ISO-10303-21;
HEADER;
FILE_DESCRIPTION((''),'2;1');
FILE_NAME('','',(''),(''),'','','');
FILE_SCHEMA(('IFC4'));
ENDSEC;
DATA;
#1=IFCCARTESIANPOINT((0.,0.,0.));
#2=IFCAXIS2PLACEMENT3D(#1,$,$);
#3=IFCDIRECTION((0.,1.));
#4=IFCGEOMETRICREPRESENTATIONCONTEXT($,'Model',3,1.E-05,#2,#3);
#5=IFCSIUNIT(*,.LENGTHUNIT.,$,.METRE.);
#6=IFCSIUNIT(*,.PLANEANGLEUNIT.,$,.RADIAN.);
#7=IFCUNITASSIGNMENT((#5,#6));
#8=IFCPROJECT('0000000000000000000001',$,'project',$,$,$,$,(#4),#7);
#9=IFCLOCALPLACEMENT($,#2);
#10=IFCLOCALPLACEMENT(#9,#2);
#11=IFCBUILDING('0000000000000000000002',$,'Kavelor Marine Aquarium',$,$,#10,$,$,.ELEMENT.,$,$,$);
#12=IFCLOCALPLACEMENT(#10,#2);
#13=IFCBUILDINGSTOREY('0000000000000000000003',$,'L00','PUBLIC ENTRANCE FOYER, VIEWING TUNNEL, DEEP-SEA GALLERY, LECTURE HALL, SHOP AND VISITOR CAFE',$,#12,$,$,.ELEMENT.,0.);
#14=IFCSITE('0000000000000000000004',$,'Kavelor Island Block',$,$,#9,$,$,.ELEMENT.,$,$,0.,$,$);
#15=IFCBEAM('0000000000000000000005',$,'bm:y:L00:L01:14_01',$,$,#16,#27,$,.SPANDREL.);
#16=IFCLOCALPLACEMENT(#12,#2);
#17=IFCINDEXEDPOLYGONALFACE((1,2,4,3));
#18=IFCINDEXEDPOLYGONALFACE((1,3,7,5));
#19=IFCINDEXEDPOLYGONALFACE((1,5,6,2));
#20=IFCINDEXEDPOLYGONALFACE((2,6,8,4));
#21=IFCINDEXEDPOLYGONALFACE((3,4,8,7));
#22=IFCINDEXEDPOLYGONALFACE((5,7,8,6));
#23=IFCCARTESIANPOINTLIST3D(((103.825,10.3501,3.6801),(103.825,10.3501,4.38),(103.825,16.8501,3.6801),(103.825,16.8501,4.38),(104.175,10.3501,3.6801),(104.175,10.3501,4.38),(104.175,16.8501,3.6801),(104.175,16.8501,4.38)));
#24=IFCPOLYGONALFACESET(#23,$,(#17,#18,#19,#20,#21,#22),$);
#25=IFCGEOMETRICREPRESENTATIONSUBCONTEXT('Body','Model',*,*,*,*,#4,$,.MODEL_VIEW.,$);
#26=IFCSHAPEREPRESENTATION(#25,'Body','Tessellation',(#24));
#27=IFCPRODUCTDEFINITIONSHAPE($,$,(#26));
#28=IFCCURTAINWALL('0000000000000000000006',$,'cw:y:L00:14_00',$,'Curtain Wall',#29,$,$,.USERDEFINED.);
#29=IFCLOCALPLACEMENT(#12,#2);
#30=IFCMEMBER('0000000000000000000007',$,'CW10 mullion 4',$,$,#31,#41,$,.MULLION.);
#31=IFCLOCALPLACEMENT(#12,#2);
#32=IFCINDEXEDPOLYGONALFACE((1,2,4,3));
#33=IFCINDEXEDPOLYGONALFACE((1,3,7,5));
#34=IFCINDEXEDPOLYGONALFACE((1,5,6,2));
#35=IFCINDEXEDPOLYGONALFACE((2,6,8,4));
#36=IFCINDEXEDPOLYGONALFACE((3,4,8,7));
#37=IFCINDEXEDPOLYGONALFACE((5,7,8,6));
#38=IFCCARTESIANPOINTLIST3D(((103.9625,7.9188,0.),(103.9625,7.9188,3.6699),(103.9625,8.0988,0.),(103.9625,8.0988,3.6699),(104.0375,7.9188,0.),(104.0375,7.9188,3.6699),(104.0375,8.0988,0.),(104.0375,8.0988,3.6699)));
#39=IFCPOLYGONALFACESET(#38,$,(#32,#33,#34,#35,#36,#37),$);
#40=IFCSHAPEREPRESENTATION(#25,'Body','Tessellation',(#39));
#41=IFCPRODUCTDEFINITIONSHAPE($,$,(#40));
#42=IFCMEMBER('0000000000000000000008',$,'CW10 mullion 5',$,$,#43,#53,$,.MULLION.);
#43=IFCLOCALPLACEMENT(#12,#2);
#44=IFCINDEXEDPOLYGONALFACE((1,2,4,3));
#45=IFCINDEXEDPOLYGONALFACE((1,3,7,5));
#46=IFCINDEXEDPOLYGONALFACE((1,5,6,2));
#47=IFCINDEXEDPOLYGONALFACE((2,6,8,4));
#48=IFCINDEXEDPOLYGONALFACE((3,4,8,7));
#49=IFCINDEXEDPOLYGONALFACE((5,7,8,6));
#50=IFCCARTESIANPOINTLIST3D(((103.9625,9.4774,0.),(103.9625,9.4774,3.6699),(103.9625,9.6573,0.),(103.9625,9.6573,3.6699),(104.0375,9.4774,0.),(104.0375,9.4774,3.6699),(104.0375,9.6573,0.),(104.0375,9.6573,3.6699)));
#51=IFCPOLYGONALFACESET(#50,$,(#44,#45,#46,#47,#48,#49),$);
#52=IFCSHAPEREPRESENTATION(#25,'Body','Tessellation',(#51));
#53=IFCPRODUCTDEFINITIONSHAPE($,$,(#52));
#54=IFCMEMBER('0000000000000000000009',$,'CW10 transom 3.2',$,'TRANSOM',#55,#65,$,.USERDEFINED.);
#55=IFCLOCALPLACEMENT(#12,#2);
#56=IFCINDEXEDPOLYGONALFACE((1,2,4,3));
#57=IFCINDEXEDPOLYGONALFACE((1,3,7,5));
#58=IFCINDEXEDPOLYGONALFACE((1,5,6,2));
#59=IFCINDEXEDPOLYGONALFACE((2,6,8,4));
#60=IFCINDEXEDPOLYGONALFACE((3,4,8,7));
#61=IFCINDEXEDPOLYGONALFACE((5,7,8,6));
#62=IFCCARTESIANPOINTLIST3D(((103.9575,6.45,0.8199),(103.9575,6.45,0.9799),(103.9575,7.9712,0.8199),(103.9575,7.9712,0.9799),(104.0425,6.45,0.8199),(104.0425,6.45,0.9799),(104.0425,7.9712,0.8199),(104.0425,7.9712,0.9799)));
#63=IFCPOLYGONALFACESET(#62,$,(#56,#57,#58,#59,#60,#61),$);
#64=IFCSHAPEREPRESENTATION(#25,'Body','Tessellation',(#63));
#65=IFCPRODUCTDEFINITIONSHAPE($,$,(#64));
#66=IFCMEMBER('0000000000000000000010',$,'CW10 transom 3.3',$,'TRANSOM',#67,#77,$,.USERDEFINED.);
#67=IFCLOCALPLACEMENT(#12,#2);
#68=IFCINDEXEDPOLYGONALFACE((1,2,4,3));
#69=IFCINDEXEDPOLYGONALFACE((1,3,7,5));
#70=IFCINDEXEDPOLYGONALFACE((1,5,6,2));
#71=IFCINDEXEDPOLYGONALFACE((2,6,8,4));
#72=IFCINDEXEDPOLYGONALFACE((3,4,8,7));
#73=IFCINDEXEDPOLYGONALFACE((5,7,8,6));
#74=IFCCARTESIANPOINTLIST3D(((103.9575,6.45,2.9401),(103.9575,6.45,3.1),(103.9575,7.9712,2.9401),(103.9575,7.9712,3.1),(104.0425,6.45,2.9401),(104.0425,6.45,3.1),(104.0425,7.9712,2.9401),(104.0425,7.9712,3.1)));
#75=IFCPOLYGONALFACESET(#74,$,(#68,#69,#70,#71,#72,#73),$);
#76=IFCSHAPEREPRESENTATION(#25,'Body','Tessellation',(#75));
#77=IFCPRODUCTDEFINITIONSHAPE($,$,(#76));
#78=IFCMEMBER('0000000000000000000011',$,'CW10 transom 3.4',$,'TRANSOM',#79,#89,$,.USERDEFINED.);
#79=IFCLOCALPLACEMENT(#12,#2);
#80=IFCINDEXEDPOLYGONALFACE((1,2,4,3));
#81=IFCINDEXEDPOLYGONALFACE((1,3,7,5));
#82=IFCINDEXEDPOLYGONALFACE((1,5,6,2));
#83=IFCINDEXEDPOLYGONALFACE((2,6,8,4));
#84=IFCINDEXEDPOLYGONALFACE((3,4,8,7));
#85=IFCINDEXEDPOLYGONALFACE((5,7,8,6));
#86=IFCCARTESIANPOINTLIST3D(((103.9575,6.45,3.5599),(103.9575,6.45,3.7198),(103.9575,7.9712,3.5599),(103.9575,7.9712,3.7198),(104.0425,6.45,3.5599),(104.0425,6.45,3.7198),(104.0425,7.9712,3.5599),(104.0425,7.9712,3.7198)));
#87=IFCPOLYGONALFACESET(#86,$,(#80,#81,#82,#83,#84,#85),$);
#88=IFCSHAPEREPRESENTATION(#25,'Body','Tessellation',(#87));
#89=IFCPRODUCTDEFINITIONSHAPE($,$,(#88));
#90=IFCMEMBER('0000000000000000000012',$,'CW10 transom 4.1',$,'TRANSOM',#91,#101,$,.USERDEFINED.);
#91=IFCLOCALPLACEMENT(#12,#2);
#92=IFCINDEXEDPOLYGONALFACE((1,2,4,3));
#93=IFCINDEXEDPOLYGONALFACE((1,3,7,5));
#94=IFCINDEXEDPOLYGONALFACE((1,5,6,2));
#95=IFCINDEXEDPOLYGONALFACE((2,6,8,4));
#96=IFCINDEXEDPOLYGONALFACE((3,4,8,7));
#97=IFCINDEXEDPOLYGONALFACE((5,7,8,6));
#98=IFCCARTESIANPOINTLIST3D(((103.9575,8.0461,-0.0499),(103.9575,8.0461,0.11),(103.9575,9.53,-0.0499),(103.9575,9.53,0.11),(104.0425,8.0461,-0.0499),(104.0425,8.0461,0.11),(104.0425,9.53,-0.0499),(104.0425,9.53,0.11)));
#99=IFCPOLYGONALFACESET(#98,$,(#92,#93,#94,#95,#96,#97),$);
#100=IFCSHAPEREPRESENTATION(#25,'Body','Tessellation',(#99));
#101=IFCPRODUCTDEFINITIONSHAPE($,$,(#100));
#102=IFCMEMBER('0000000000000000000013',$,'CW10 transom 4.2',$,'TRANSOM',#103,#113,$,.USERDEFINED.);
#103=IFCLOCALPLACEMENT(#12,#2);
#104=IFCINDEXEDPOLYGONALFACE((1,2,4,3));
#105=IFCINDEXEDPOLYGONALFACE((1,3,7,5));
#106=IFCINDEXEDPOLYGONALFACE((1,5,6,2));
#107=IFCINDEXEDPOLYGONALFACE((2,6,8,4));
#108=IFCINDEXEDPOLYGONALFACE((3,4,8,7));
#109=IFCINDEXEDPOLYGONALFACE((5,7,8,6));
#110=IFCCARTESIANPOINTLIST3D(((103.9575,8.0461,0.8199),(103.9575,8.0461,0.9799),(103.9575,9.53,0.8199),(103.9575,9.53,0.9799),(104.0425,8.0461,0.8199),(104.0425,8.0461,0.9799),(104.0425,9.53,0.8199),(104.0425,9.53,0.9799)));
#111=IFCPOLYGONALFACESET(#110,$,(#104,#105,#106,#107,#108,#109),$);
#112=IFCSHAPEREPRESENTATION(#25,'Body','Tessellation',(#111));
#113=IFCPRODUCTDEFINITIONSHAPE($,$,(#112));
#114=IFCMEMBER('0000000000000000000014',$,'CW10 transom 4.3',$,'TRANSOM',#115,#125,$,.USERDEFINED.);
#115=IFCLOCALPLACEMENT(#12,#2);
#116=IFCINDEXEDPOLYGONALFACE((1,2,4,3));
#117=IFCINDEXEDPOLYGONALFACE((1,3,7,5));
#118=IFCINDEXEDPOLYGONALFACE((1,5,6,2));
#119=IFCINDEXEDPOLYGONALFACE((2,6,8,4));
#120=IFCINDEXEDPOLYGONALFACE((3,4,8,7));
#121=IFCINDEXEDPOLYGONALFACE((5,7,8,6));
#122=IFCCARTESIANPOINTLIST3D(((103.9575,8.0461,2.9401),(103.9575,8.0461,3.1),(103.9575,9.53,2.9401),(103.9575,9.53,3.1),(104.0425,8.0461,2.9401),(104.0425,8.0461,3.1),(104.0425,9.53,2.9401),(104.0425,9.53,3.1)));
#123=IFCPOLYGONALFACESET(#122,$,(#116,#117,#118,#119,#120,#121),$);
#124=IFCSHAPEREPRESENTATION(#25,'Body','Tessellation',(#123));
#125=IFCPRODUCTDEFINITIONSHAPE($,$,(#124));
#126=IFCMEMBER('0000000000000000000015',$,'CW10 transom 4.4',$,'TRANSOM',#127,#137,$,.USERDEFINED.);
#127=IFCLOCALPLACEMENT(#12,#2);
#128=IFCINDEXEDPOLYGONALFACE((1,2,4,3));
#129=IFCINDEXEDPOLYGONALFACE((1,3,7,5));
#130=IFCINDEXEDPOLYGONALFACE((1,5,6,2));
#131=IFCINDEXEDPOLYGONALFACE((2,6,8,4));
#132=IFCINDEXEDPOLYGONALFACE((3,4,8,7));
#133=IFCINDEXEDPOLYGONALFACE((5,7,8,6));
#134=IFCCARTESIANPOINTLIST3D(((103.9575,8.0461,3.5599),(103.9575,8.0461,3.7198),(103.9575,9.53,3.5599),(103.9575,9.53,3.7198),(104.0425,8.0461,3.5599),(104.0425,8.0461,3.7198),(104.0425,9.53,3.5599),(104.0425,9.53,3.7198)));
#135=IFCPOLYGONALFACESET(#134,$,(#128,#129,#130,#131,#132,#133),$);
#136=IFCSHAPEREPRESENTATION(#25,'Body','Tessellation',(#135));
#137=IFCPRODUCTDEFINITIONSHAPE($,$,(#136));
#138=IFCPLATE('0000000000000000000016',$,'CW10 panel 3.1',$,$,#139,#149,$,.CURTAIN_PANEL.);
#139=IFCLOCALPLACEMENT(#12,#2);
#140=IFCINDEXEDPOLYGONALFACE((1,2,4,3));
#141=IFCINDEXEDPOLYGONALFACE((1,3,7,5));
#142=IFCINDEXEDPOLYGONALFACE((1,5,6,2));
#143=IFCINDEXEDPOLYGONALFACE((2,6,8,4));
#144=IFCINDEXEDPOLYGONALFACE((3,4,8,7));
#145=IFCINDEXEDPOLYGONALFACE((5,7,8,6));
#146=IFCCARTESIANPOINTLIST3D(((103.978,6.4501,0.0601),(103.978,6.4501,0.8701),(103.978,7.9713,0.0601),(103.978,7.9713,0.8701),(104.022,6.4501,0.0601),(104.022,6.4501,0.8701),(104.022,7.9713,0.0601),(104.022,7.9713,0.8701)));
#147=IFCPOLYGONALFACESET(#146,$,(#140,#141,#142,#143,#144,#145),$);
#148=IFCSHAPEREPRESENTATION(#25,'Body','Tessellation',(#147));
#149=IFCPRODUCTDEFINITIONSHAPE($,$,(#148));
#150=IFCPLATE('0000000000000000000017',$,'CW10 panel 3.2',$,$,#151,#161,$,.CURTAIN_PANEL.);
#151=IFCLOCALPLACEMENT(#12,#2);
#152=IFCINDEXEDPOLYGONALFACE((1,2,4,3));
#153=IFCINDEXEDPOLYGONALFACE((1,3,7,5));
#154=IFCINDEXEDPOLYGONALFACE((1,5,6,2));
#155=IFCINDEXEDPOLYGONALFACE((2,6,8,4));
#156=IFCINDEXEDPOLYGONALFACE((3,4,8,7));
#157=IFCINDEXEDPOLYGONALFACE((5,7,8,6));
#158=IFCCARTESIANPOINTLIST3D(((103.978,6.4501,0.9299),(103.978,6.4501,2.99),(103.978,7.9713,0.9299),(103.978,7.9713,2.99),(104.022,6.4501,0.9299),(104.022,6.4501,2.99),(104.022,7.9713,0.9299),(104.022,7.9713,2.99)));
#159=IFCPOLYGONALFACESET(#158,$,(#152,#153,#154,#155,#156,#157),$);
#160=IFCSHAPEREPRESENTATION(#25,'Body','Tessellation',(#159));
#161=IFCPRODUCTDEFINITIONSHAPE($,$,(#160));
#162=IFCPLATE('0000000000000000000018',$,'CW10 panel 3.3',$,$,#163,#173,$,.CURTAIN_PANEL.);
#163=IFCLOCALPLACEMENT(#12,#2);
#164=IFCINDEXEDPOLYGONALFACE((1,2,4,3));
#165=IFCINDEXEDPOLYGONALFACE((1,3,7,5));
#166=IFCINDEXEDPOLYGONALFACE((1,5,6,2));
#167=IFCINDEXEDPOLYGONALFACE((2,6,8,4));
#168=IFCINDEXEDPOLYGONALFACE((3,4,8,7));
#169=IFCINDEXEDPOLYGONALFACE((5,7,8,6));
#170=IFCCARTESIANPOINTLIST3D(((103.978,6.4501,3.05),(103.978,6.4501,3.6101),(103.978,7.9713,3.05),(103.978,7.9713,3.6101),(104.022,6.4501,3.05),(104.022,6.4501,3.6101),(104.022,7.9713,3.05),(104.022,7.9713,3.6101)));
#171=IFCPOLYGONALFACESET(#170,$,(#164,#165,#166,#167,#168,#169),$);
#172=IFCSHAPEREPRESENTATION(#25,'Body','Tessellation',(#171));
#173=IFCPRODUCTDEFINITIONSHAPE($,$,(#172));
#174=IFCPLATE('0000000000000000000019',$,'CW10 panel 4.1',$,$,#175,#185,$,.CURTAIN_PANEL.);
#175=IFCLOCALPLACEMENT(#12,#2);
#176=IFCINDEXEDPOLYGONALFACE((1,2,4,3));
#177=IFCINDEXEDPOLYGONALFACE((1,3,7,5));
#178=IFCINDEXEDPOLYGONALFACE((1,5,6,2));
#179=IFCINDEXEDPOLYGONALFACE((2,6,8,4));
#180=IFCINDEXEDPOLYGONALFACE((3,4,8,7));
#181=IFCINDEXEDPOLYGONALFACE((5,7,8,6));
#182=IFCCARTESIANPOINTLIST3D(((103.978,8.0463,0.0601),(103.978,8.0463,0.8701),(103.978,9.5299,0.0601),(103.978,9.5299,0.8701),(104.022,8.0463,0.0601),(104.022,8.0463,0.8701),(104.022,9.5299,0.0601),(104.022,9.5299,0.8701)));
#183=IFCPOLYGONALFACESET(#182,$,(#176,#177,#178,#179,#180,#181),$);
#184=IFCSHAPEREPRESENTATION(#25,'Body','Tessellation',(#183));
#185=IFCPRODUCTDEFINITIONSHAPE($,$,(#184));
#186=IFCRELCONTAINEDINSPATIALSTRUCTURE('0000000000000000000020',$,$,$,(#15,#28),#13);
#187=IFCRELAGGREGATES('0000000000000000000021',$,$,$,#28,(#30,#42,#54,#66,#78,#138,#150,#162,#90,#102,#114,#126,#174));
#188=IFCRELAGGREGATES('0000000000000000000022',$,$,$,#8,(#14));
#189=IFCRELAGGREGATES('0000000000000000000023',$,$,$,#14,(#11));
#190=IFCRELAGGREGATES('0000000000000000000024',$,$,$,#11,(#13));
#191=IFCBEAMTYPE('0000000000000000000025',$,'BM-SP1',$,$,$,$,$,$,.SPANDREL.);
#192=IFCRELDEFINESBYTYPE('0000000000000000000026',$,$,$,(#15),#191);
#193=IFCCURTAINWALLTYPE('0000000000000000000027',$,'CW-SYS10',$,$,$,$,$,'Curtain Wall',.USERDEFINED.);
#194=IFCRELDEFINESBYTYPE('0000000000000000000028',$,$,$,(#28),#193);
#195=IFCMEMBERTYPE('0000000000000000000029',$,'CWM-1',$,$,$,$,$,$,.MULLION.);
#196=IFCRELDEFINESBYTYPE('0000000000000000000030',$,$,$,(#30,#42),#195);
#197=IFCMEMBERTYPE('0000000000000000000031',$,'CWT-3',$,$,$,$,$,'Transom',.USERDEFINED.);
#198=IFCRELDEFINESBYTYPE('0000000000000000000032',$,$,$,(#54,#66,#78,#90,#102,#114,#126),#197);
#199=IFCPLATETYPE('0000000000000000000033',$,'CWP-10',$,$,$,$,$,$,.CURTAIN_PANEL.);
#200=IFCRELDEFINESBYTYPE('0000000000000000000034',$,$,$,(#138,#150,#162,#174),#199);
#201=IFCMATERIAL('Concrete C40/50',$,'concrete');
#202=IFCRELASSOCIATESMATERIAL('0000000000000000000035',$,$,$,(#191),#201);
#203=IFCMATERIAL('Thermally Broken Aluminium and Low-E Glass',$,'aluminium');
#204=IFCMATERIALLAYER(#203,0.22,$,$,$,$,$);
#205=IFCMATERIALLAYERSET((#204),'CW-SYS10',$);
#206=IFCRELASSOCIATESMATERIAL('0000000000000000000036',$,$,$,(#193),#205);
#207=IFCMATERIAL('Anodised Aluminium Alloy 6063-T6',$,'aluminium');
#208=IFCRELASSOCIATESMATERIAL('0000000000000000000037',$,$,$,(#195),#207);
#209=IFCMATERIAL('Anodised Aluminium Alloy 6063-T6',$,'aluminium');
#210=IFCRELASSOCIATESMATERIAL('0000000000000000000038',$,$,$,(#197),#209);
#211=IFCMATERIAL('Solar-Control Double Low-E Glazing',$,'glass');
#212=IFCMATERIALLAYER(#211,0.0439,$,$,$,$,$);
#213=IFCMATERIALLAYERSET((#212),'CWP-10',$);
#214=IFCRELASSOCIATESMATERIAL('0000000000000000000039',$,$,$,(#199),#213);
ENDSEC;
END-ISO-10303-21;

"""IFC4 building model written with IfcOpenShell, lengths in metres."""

from ifc_helpers import new_model, si_unit, direction, frame, origin, origin_2d, place, context, subcontext, project, spatial, rectangle, extrude, material, layer, layer_set, material_profile, profile_set, type_object, element, aggregate, save


model = new_model("IFC4")

# Units and contexts
model_context = context("Model", 3, precision=1e-05, world=origin(), true_north=direction((0.0, 1.0)))
body_context = subcontext(model_context, "Body", "Model", "MODEL_VIEW")
ifc_project = project(units=[si_unit("LENGTHUNIT", "METRE"), si_unit("PLANEANGLEUNIT", "RADIAN")], contexts=[model_context])

# Site, building, storey
site_placement = place(None, origin())
site = spatial("IfcSite", under=ifc_project, at=site_placement, Name="Kavelor Island Block", CompositionType="ELEMENT", RefElevation=0.0)
building_placement = place(site_placement, origin())
building = spatial("IfcBuilding", under=site, at=building_placement, Name="Kavelor Marine Aquarium", CompositionType="ELEMENT")
storey_placement = place(building_placement, origin())
storey = spatial("IfcBuildingStorey", under=building, at=storey_placement, Name="L00", Description="PUBLIC ENTRANCE FOYER, VIEWING TUNNEL, DEEP-SEA GALLERY, LECTURE HALL, SHOP AND VISITOR CAFE", CompositionType="ELEMENT", Elevation=0.0)

# Beam
ifc_material_1 = material(Name="Concrete C40/50", Category="concrete")
ifc_material_profile_1 = material_profile(ifc_material_1, rectangle(XDim=0.3501, YDim=0.7, at=origin_2d()), Name="RC-SP 350x700")
ifc_profile_set_1 = profile_set([ifc_material_profile_1], Name="Concrete C40/50")
beam_type_1 = type_object("IfcBeamType", Name="BM-SP1", PredefinedType="SPANDREL", material=ifc_profile_set_1)
for number, where, z_axis, x_axis, name in (
    (1, (104.0, 10.3501, 4.03), (0.0, 1.0, 0.0), (-1.0, 0.0, 0.0), "bm:y:L00:L01:14_01"),
):
    element("IfcBeam", number, at=place(storey_placement, frame(where, z_axis=z_axis, x_axis=x_axis)), inside=storey, type_object=beam_type_1, Name=name, PredefinedType="SPANDREL", context=body_context, shape_type="SweptSolid", body=[
        extrude(rectangle(XDim=0.3501, YDim=0.7, at=origin_2d()), origin(), (0.0, 0.0, 1.0), 6.5),
    ])

# Curtain wall, members, plates
ifc_material_2 = material(Name="Thermally Broken Aluminium and Low-E Glass", Category="aluminium")
ifc_layer_1 = layer(ifc_material_2, 0.22)
ifc_layer_set_1 = layer_set([ifc_layer_1], Name="CW-SYS10")
curtain_wall_type = type_object("IfcCurtainWallType", Name="CW-SYS10", ElementType="Curtain Wall", PredefinedType="USERDEFINED", material=ifc_layer_set_1)
curtain_wall_placement = place(storey_placement, origin())
curtain_wall = element("IfcCurtainWall", 2, at=curtain_wall_placement, inside=storey, type_object=curtain_wall_type, Name="cw:y:L00:14_00", ObjectType="Curtain Wall", PredefinedType="USERDEFINED")
ifc_material_3 = material(Name="Anodised Aluminium Alloy 6063-T6", Category="aluminium")
ifc_material_profile_2 = material_profile(ifc_material_3, rectangle(XDim=0.075, YDim=0.1799, at=origin_2d()), Name="CW-MUL 75x180")
ifc_profile_set_2 = profile_set([ifc_material_profile_2], Name="Anodised Aluminium Alloy 6063-T6")
member_type_1 = type_object("IfcMemberType", Name="CWM-1", PredefinedType="MULLION", material=ifc_profile_set_2)
member_1_placement = place(storey_placement, frame((104.0, 8.0088, 0.0), z_axis=(0.0, 0.0, 1.0), x_axis=(-1.0, 0.0, 0.0)))
member_1 = element("IfcMember", 3, at=member_1_placement, type_object=member_type_1, Name="CW10 mullion 4", PredefinedType="MULLION", context=body_context, shape_type="SweptSolid", body=[
    extrude(rectangle(XDim=0.075, YDim=0.1799, at=origin_2d()), origin(), (0.0, 0.0, 1.0), 3.6699),
])
member_2_placement = place(storey_placement, frame((104.0, 9.5674, 0.0), z_axis=(0.0, 0.0, 1.0), x_axis=(-1.0, 0.0, 0.0)))
member_2 = element("IfcMember", 4, at=member_2_placement, type_object=member_type_1, Name="CW10 mullion 5", PredefinedType="MULLION", context=body_context, shape_type="SweptSolid", body=[
    extrude(rectangle(XDim=0.075, YDim=0.1799, at=origin_2d()), origin(), (0.0, 0.0, 1.0), 3.6699),
])
ifc_material_4 = material(Name="Anodised Aluminium Alloy 6063-T6", Category="aluminium")
ifc_material_profile_3 = material_profile(ifc_material_4, rectangle(XDim=0.085, YDim=0.1599, at=origin_2d()), Name="CW-TRN 85x160")
ifc_profile_set_3 = profile_set([ifc_material_profile_3], Name="Anodised Aluminium Alloy 6063-T6")
member_type_2 = type_object("IfcMemberType", Name="CWT-3", ElementType="Transom", PredefinedType="USERDEFINED", material=ifc_profile_set_3)
member_3_placement = place(storey_placement, frame((104.0, 6.45, 0.8999), z_axis=(0.0, 1.0, 0.0), x_axis=(-1.0, 0.0, 0.0)))
member_3 = element("IfcMember", 5, at=member_3_placement, type_object=member_type_2, Name="CW10 transom 3.2", ObjectType="TRANSOM", PredefinedType="USERDEFINED", context=body_context, shape_type="SweptSolid", body=[
    extrude(rectangle(XDim=0.085, YDim=0.1599, at=origin_2d()), origin(), (0.0, 0.0, 1.0), 1.5212),
])
member_4_placement = place(storey_placement, frame((104.0, 6.45, 3.02), z_axis=(0.0, 1.0, 0.0), x_axis=(-1.0, 0.0, 0.0)))
member_4 = element("IfcMember", 6, at=member_4_placement, type_object=member_type_2, Name="CW10 transom 3.3", ObjectType="TRANSOM", PredefinedType="USERDEFINED", context=body_context, shape_type="SweptSolid", body=[
    extrude(rectangle(XDim=0.085, YDim=0.1599, at=origin_2d()), origin(), (0.0, 0.0, 1.0), 1.5212),
])
member_5_placement = place(storey_placement, frame((104.0, 6.45, 3.6399), z_axis=(0.0, 1.0, 0.0), x_axis=(-1.0, 0.0, 0.0)))
member_5 = element("IfcMember", 7, at=member_5_placement, type_object=member_type_2, Name="CW10 transom 3.4", ObjectType="TRANSOM", PredefinedType="USERDEFINED", context=body_context, shape_type="SweptSolid", body=[
    extrude(rectangle(XDim=0.085, YDim=0.1599, at=origin_2d()), origin(), (0.0, 0.0, 1.0), 1.5212),
])
member_6_placement = place(storey_placement, frame((104.0, 8.0461, 0.03), z_axis=(0.0, 1.0, 0.0), x_axis=(-1.0, 0.0, 0.0)))
member_6 = element("IfcMember", 8, at=member_6_placement, type_object=member_type_2, Name="CW10 transom 4.1", ObjectType="TRANSOM", PredefinedType="USERDEFINED", context=body_context, shape_type="SweptSolid", body=[
    extrude(rectangle(XDim=0.085, YDim=0.1599, at=origin_2d()), origin(), (0.0, 0.0, 1.0), 1.4839),
])
member_7_placement = place(storey_placement, frame((104.0, 8.0461, 0.8999), z_axis=(0.0, 1.0, 0.0), x_axis=(-1.0, 0.0, 0.0)))
member_7 = element("IfcMember", 9, at=member_7_placement, type_object=member_type_2, Name="CW10 transom 4.2", ObjectType="TRANSOM", PredefinedType="USERDEFINED", context=body_context, shape_type="SweptSolid", body=[
    extrude(rectangle(XDim=0.085, YDim=0.1599, at=origin_2d()), origin(), (0.0, 0.0, 1.0), 1.4839),
])
member_8_placement = place(storey_placement, frame((104.0, 8.0461, 3.02), z_axis=(0.0, 1.0, 0.0), x_axis=(-1.0, 0.0, 0.0)))
member_8 = element("IfcMember", 10, at=member_8_placement, type_object=member_type_2, Name="CW10 transom 4.3", ObjectType="TRANSOM", PredefinedType="USERDEFINED", context=body_context, shape_type="SweptSolid", body=[
    extrude(rectangle(XDim=0.085, YDim=0.1599, at=origin_2d()), origin(), (0.0, 0.0, 1.0), 1.4839),
])
member_9_placement = place(storey_placement, frame((104.0, 8.0461, 3.6399), z_axis=(0.0, 1.0, 0.0), x_axis=(-1.0, 0.0, 0.0)))
member_9 = element("IfcMember", 11, at=member_9_placement, type_object=member_type_2, Name="CW10 transom 4.4", ObjectType="TRANSOM", PredefinedType="USERDEFINED", context=body_context, shape_type="SweptSolid", body=[
    extrude(rectangle(XDim=0.085, YDim=0.1599, at=origin_2d()), origin(), (0.0, 0.0, 1.0), 1.4839),
])
ifc_material_5 = material(Name="Solar-Control Double Low-E Glazing", Category="glass")
ifc_layer_2 = layer(ifc_material_5, 0.0439)
ifc_layer_set_2 = layer_set([ifc_layer_2], Name="CWP-10")
plate_type = type_object("IfcPlateType", Name="CWP-10", PredefinedType="CURTAIN_PANEL", material=ifc_layer_set_2)
plate_1_placement = place(storey_placement, frame((104.0, 7.2107, 0.0601), z_axis=(0.0, 0.0, 1.0), x_axis=(0.0, 1.0, 0.0)))
plate_1 = element("IfcPlate", 12, at=plate_1_placement, type_object=plate_type, Name="CW10 panel 3.1", PredefinedType="CURTAIN_PANEL", context=body_context, shape_type="SweptSolid", body=[
    extrude(rectangle(XDim=1.5212, YDim=0.0439, at=origin_2d()), origin(), (0.0, 0.0, 1.0), 0.8101),
])
plate_2_placement = place(storey_placement, frame((104.0, 7.2107, 0.9299), z_axis=(0.0, 0.0, 1.0), x_axis=(0.0, 1.0, 0.0)))
plate_2 = element("IfcPlate", 13, at=plate_2_placement, type_object=plate_type, Name="CW10 panel 3.2", PredefinedType="CURTAIN_PANEL", context=body_context, shape_type="SweptSolid", body=[
    extrude(rectangle(XDim=1.5212, YDim=0.0439, at=origin_2d()), origin(), (0.0, 0.0, 1.0), 2.0601),
])
plate_3_placement = place(storey_placement, frame((104.0, 7.2107, 3.05), z_axis=(0.0, 0.0, 1.0), x_axis=(0.0, 1.0, 0.0)))
plate_3 = element("IfcPlate", 14, at=plate_3_placement, type_object=plate_type, Name="CW10 panel 3.3", PredefinedType="CURTAIN_PANEL", context=body_context, shape_type="SweptSolid", body=[
    extrude(rectangle(XDim=1.5212, YDim=0.0439, at=origin_2d()), origin(), (0.0, 0.0, 1.0), 0.5601),
])
plate_4_placement = place(storey_placement, frame((104.0, 8.7881, 0.0601), z_axis=(0.0, 0.0, 1.0), x_axis=(0.0, 1.0, 0.0)))
plate_4 = element("IfcPlate", 15, at=plate_4_placement, type_object=plate_type, Name="CW10 panel 4.1", PredefinedType="CURTAIN_PANEL", context=body_context, shape_type="SweptSolid", body=[
    extrude(rectangle(XDim=1.4836, YDim=0.0439, at=origin_2d()), origin(), (0.0, 0.0, 1.0), 0.8101),
])
aggregate(curtain_wall, [member_1, member_2, member_3, member_4, member_5, plate_1, plate_2, plate_3, member_6, member_7, member_8, member_9, plate_4])

save(model, "model.ifc")
